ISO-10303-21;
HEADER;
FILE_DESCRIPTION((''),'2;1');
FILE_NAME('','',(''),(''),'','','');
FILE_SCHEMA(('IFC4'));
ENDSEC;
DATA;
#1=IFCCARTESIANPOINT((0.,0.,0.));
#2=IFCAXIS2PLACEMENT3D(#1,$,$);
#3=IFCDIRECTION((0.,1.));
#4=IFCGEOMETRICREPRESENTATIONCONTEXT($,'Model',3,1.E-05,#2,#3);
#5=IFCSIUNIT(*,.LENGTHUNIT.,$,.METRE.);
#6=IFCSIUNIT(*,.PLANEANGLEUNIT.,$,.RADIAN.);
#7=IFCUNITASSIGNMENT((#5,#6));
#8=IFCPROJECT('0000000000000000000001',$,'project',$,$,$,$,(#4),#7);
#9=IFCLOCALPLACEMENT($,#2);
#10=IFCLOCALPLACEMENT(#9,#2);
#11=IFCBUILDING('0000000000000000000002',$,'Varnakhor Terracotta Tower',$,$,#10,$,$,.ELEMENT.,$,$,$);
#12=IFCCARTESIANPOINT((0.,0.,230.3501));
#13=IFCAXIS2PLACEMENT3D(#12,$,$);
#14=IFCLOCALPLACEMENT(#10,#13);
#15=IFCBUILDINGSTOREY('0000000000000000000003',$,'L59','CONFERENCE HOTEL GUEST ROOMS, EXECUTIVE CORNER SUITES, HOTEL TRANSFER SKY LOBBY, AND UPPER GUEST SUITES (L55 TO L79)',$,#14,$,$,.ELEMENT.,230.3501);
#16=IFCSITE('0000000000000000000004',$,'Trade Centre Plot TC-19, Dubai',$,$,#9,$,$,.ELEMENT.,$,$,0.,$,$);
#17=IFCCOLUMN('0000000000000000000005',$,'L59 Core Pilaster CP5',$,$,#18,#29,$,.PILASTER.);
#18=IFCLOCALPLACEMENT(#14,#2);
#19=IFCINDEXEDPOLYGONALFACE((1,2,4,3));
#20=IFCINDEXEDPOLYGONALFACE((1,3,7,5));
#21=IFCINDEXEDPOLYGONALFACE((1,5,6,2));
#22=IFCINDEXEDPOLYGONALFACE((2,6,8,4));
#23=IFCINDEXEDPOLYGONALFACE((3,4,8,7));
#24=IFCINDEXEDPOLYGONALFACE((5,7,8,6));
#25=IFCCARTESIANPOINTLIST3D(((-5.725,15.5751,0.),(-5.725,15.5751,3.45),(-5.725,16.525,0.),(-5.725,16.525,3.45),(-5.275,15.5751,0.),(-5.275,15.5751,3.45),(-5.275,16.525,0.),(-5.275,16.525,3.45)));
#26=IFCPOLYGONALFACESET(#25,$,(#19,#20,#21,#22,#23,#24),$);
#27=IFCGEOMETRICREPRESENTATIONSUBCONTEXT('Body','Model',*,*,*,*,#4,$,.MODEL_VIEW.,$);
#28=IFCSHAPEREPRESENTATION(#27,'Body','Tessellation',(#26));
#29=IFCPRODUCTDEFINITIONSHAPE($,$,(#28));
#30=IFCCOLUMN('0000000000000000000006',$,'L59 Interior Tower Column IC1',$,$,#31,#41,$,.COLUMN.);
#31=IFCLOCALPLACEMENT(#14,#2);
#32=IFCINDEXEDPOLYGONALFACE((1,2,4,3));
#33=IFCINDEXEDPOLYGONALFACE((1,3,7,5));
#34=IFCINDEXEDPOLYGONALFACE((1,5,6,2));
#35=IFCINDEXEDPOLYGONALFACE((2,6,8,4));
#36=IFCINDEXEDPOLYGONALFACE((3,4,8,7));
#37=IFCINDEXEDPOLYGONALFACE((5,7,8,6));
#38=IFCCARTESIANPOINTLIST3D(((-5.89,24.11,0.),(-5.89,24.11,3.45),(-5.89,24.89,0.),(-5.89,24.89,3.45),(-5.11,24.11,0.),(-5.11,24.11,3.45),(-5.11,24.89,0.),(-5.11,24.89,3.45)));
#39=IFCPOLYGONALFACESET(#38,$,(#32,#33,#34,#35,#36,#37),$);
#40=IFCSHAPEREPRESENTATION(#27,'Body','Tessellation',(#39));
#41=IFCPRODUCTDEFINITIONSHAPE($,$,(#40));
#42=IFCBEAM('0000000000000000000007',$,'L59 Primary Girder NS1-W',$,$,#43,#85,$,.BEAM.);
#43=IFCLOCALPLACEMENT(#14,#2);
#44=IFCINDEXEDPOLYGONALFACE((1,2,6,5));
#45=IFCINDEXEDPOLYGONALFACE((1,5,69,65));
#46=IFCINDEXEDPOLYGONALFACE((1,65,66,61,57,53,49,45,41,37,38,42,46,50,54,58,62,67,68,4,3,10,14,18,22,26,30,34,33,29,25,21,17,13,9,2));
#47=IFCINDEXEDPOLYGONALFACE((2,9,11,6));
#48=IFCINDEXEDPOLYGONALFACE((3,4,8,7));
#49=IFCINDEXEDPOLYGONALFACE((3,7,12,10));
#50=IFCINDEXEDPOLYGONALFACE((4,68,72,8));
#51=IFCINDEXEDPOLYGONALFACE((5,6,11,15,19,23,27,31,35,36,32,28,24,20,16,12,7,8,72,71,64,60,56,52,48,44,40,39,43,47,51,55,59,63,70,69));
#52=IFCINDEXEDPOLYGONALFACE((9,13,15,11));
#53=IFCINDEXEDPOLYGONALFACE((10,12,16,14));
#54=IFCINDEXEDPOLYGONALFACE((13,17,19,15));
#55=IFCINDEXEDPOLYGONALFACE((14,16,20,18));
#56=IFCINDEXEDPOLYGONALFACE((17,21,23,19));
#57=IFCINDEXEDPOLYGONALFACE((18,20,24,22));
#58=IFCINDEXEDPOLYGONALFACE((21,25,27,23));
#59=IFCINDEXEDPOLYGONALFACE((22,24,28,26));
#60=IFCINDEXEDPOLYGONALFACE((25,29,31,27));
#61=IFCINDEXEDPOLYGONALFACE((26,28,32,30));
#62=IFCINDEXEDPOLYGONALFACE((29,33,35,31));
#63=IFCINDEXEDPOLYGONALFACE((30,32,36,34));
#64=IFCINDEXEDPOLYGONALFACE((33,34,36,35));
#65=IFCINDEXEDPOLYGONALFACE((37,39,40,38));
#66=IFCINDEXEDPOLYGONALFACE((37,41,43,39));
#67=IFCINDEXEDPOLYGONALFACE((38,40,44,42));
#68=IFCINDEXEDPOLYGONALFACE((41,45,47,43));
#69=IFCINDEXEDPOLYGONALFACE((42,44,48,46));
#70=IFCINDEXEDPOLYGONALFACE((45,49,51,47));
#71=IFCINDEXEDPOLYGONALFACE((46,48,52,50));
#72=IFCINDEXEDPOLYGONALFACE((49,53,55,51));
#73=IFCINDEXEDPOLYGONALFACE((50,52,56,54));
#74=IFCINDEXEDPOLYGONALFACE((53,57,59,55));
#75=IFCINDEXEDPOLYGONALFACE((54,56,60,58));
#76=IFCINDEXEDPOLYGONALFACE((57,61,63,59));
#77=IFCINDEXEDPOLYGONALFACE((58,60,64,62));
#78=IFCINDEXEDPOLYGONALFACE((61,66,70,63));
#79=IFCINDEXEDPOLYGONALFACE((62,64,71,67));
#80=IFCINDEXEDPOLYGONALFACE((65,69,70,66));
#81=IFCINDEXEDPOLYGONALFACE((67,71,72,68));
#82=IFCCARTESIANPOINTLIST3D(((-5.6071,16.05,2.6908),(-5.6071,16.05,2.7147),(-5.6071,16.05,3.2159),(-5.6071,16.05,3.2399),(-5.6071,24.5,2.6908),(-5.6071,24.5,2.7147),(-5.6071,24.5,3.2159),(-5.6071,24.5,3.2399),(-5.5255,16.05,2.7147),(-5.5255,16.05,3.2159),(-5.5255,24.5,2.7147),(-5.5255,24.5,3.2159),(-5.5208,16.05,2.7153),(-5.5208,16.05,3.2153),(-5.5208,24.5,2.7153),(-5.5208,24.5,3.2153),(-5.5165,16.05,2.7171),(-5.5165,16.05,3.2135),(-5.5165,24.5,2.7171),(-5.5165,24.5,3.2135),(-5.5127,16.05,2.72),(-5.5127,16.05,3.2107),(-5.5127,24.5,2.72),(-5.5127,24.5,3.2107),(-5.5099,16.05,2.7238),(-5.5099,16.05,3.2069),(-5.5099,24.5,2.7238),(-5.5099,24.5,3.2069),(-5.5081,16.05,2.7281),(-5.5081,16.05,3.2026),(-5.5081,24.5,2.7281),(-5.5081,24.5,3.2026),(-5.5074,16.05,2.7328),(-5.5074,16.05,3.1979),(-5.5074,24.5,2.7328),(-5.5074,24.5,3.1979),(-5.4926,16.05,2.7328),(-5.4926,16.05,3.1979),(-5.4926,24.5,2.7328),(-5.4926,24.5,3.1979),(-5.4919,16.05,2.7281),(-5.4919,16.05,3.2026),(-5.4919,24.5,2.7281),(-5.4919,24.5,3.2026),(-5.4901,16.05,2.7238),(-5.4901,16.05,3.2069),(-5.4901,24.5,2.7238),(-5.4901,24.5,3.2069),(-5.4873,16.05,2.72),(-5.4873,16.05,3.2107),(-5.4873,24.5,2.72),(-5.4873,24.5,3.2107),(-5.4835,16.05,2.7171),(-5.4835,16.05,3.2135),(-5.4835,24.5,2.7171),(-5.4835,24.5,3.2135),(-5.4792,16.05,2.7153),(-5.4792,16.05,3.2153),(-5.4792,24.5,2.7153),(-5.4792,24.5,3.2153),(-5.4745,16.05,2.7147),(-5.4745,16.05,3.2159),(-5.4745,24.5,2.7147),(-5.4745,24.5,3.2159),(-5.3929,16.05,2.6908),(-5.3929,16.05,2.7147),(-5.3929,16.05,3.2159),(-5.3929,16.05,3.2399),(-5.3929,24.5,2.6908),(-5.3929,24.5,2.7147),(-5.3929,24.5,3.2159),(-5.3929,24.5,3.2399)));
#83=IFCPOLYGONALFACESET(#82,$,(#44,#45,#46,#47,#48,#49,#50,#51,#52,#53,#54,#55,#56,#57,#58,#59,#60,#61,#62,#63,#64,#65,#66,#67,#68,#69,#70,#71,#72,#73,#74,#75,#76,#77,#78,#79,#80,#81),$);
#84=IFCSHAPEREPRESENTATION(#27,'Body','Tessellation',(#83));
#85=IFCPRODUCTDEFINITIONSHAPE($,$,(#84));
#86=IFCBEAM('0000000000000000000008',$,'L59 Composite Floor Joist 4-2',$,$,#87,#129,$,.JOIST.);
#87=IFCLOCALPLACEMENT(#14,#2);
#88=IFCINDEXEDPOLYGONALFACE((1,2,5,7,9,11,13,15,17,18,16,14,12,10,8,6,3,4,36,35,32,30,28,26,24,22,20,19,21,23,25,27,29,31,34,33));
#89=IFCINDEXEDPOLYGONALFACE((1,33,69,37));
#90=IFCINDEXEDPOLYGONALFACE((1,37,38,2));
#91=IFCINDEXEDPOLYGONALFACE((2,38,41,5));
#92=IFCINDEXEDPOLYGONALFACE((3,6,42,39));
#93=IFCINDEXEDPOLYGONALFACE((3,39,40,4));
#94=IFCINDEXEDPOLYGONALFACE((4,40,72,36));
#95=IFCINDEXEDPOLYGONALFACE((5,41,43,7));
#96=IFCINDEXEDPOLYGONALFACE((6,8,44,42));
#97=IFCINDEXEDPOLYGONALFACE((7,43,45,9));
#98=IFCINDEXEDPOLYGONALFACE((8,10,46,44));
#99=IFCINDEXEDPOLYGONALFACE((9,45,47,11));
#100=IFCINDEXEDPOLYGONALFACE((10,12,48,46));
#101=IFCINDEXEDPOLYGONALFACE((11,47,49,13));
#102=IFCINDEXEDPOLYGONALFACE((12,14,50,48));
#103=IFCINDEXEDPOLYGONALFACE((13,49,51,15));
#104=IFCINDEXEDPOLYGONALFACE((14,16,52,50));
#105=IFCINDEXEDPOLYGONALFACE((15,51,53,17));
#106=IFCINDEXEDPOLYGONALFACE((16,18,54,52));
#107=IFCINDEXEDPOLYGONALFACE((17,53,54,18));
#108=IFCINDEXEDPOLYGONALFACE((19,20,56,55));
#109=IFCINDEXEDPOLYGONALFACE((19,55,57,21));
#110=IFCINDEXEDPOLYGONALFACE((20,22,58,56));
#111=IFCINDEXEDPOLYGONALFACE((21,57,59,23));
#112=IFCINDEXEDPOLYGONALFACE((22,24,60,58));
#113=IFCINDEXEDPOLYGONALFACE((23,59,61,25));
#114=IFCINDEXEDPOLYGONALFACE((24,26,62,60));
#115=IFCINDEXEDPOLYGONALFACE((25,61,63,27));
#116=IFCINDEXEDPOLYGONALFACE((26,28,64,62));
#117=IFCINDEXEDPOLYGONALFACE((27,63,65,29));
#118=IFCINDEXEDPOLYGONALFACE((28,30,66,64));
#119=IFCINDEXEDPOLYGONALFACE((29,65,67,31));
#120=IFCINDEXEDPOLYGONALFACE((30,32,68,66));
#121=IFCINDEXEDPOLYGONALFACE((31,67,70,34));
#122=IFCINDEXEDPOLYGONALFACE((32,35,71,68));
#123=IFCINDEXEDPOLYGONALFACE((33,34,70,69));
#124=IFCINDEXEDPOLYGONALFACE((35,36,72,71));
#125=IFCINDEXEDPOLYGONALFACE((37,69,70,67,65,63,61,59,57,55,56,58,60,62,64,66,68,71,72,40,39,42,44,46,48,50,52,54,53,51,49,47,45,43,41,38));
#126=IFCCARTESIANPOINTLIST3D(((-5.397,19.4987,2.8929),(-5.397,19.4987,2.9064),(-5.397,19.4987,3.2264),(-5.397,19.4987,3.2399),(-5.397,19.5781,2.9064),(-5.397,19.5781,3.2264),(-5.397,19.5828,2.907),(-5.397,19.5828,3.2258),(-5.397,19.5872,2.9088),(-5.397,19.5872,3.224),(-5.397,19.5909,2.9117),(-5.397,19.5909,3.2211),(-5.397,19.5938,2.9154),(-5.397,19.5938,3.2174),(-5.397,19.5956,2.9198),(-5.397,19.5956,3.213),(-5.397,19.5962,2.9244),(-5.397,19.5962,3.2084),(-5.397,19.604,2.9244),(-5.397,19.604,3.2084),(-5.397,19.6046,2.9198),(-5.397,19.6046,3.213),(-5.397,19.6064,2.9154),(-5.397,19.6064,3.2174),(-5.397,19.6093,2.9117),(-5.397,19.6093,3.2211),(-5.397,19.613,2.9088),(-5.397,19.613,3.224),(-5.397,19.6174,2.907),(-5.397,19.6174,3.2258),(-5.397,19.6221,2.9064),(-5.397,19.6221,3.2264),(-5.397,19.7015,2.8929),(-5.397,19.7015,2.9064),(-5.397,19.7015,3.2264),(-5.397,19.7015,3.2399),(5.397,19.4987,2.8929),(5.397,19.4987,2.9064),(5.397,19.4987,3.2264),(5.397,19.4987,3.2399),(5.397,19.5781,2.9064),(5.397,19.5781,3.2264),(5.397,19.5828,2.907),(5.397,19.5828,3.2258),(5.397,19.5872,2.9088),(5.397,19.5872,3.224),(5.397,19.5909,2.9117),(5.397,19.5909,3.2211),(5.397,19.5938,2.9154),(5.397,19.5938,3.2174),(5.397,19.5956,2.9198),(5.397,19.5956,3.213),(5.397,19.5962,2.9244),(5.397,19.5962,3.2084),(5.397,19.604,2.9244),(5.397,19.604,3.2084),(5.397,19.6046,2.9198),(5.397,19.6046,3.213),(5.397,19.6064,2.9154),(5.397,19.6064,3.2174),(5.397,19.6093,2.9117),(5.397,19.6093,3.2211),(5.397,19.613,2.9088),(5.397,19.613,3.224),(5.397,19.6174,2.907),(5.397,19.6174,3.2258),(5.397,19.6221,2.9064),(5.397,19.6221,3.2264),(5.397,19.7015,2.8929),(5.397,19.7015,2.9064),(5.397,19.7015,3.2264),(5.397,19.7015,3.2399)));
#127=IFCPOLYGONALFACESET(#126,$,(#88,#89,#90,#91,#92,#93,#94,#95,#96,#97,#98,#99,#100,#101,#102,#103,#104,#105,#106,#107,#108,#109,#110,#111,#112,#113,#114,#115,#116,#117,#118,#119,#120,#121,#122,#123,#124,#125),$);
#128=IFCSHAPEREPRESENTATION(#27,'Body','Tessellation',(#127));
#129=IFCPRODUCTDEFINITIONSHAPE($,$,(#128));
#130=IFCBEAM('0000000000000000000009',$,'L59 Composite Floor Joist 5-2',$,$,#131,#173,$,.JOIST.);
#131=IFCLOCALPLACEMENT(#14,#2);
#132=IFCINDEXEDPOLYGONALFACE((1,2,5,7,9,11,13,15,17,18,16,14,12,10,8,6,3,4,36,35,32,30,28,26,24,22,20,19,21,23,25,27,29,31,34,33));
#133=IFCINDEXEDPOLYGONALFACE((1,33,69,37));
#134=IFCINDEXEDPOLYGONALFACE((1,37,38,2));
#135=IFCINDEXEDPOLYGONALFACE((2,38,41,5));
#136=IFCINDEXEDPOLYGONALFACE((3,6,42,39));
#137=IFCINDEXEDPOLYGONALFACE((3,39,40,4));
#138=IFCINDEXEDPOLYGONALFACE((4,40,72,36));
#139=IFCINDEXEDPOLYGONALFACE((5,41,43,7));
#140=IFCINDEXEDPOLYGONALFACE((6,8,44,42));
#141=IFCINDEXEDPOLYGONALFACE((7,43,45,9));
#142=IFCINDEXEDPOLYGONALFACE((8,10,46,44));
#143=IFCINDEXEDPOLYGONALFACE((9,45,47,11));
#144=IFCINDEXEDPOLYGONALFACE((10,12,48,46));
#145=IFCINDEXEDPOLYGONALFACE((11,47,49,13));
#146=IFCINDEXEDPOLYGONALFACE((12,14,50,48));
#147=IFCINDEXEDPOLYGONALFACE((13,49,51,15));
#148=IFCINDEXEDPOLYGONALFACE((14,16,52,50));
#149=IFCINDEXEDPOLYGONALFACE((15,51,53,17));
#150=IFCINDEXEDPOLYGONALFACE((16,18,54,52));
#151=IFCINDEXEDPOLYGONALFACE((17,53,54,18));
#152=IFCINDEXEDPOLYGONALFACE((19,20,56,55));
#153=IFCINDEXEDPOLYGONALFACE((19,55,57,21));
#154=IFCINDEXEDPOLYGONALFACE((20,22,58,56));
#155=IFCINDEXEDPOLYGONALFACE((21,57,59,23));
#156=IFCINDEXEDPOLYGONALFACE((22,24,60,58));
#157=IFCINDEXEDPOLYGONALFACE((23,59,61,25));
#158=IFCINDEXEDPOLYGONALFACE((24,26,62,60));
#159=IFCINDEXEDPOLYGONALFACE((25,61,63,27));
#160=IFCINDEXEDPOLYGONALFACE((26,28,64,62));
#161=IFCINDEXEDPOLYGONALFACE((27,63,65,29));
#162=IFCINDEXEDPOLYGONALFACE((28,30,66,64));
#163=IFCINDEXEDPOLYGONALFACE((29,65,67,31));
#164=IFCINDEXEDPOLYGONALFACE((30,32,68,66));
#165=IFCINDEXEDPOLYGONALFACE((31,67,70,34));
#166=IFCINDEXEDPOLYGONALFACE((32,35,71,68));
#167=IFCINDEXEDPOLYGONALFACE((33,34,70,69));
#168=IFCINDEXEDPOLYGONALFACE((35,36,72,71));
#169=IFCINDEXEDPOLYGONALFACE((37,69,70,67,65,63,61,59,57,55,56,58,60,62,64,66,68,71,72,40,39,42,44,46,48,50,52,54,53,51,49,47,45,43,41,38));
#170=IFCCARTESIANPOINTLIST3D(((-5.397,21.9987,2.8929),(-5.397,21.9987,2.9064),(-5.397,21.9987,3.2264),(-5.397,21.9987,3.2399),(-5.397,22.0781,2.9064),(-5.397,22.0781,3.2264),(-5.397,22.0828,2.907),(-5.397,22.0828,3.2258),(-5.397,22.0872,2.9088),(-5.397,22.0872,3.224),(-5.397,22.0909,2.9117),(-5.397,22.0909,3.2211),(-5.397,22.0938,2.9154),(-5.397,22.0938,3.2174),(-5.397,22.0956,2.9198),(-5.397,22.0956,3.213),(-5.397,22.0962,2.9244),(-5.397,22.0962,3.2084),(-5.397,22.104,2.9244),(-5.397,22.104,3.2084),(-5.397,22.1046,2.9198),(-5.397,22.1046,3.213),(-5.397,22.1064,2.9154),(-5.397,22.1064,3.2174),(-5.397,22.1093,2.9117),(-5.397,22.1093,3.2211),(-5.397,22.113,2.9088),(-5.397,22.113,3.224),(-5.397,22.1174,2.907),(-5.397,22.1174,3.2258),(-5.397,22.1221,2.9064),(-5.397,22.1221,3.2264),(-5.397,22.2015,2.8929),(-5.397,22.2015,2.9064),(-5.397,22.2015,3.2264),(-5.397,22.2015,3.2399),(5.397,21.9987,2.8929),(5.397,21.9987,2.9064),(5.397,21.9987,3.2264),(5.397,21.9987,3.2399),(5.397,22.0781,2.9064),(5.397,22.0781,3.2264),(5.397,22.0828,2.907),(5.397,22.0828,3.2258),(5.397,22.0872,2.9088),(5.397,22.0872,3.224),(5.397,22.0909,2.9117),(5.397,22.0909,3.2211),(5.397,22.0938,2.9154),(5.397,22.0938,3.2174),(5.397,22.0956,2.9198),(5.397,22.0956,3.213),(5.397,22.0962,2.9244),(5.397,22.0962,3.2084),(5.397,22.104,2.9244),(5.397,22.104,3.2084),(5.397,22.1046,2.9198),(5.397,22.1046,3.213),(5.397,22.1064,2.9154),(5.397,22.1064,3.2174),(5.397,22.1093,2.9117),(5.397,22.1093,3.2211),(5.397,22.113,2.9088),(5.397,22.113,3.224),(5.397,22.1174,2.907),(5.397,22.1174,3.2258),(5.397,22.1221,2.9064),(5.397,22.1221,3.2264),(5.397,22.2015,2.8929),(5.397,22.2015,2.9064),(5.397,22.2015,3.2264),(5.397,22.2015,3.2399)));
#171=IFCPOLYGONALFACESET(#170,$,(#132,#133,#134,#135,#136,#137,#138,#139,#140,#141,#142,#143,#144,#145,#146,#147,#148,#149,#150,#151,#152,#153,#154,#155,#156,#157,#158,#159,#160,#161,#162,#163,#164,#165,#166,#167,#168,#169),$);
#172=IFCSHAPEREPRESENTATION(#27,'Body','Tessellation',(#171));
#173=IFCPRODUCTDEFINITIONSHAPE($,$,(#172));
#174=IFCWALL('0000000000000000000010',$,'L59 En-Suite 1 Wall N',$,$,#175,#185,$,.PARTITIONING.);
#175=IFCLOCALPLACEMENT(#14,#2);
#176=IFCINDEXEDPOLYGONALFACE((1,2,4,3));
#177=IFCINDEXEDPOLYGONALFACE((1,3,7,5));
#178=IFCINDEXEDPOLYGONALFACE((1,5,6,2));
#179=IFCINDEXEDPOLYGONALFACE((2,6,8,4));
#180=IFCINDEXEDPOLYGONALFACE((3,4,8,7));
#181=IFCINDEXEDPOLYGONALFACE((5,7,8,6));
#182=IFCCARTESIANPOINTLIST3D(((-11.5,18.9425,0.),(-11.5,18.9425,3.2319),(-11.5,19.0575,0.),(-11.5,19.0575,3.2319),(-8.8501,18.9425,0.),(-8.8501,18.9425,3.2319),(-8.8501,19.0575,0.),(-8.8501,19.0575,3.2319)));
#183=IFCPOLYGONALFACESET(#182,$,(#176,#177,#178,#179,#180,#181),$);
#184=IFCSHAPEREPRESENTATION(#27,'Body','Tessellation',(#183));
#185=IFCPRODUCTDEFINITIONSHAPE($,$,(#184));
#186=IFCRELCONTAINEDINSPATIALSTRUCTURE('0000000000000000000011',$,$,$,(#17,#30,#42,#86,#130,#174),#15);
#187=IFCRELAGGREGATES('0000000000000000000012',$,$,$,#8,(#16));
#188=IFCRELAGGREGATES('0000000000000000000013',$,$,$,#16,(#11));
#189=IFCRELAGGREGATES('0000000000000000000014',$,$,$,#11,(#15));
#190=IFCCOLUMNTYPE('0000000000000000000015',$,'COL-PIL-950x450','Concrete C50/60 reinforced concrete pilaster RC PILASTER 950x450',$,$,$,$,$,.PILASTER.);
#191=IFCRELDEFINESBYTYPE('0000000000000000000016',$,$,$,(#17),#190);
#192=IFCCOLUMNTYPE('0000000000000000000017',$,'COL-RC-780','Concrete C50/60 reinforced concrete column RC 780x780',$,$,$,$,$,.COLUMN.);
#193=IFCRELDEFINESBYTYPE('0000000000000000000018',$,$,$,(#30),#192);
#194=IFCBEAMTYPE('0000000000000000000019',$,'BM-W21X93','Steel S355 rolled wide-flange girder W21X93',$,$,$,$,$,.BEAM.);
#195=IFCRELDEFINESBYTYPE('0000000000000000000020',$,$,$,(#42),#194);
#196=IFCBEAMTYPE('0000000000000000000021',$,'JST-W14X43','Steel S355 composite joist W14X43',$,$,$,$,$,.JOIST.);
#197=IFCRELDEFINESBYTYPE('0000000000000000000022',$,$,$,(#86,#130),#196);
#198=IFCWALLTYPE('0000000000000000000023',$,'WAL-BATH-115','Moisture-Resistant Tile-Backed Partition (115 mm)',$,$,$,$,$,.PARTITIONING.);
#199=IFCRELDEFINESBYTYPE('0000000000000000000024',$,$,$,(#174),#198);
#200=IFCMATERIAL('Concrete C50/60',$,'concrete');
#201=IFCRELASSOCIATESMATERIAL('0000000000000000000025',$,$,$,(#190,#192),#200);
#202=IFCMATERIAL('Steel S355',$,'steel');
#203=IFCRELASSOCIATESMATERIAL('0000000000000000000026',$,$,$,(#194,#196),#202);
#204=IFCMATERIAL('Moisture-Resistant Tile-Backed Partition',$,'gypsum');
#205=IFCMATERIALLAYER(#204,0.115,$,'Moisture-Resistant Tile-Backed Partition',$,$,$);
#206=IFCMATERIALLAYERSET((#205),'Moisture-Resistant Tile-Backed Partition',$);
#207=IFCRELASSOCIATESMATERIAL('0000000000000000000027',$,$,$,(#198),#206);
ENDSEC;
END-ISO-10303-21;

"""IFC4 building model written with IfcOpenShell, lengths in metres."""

from ifc_helpers import new_model, si_unit, direction, frame, frame_2d, origin, origin_2d, place, context, subcontext, project, spatial, rectangle, i_section, extrude, source, transform, mapped, material, layer, layer_set, material_profile, profile_set, type_object, type_shapes, element, save


model = new_model("IFC4")

# Units and contexts
model_context = context("Model", 3, precision=1e-05, world=origin(), true_north=direction((0.0, 1.0)))
body_context = subcontext(model_context, "Body", "Model", "MODEL_VIEW")
ifc_project = project(units=[si_unit("LENGTHUNIT", "METRE"), si_unit("PLANEANGLEUNIT", "RADIAN")], contexts=[model_context])

# Site, building, storey
site_placement = place(None, origin())
site = spatial("IfcSite", under=ifc_project, at=site_placement, Name="Trade Centre Plot TC-19, Dubai", CompositionType="ELEMENT", RefElevation=0.0)
building_placement = place(site_placement, origin())
building = spatial("IfcBuilding", under=site, at=building_placement, Name="Varnakhor Terracotta Tower", CompositionType="ELEMENT")
storey_placement = place(building_placement, frame((0.0, 0.0, 230.3501)))
storey = spatial("IfcBuildingStorey", under=building, at=storey_placement, Name="L59", Description="CONFERENCE HOTEL GUEST ROOMS, EXECUTIVE CORNER SUITES, HOTEL TRANSFER SKY LOBBY, AND UPPER GUEST SUITES (L55 TO L79)", CompositionType="ELEMENT", Elevation=230.3501)

# Columns
ifc_material_1 = material(Name="Concrete C50/60", Category="concrete")
ifc_material_profile_1 = material_profile(ifc_material_1, rectangle(XDim=0.45, YDim=0.95, at=origin_2d()), Name="RC PILASTER 950x450")
ifc_profile_set_1 = profile_set([ifc_material_profile_1], Name="Concrete C50/60")
column_type_1 = type_object("IfcColumnType", Name="COL-PIL-950x450", Description="Concrete C50/60 reinforced concrete pilaster RC PILASTER 950x450", PredefinedType="PILASTER", material=ifc_profile_set_1)
shared_shape_1 = source(origin(), body_context, "Body", "SweptSolid", [
    extrude(rectangle(XDim=0.45, YDim=0.95, at=origin_2d()), origin(), (0.0, 0.0, 1.0), 3.45),
])
column_1_placement = place(storey_placement, frame((-5.5, 16.05, 0.0), z_axis=(0.0, 0.0, 1.0), x_axis=(1.0, 0.0, 0.0)))
element("IfcColumn", 1, at=column_1_placement, inside=storey, type_object=column_type_1, Name="L59 Core Pilaster CP5", PredefinedType="PILASTER", context=body_context, shape_type="MappedRepresentation", body=[
    mapped(shared_shape_1, transform((0.0, 0.0, 0.0), scale=1.0)),
])
ifc_material_profile_2 = material_profile(ifc_material_1, rectangle(XDim=0.78, YDim=0.78, at=origin_2d()), Name="RC 780x780")
ifc_profile_set_2 = profile_set([ifc_material_profile_2], Name="Concrete C50/60")
column_type_2 = type_object("IfcColumnType", Name="COL-RC-780", Description="Concrete C50/60 reinforced concrete column RC 780x780", PredefinedType="COLUMN", material=ifc_profile_set_2)
shared_shape_2 = source(origin(), body_context, "Body", "SweptSolid", [
    extrude(rectangle(XDim=0.78, YDim=0.78, at=origin_2d()), origin(), (0.0, 0.0, 1.0), 3.45),
])
column_2_placement = place(storey_placement, frame((-5.5, 24.5, 0.0), z_axis=(0.0, 0.0, 1.0), x_axis=(1.0, 0.0, 0.0)))
element("IfcColumn", 2, at=column_2_placement, inside=storey, type_object=column_type_2, Name="L59 Interior Tower Column IC1", PredefinedType="COLUMN", context=body_context, shape_type="MappedRepresentation", body=[
    mapped(shared_shape_2, transform((0.0, 0.0, 0.0), scale=1.0)),
])

# Beams
ifc_material_2 = material(Name="Steel S355", Category="steel")
ifc_material_profile_3 = material_profile(ifc_material_2, i_section(OverallWidth=0.2141, OverallDepth=0.5491, WebThickness=0.0149, FlangeThickness=0.0239, FilletRadius=0.0181, at=origin_2d()), Name="W21X93")
ifc_profile_set_3 = profile_set([ifc_material_profile_3], Name="Steel S355")
beam_type_1 = type_object("IfcBeamType", Name="BM-W21X93", Description="Steel S355 rolled wide-flange girder W21X93", PredefinedType="BEAM", material=ifc_profile_set_3)
shared_shape_3 = source(origin(), body_context, "Body", "SweptSolid", [
    extrude(i_section(OverallWidth=0.2141, OverallDepth=0.5491, WebThickness=0.0149, FlangeThickness=0.0239, FilletRadius=0.0181, at=origin_2d()), origin(), (0.0, 0.0, 1.0), 8.45),
])
type_shapes(beam_type_1, [shared_shape_3])
beam_placement = place(storey_placement, frame((-5.5, 16.05, 2.9653), z_axis=(0.0, 1.0, 0.0), x_axis=(-1.0, 0.0, 0.0)))
element("IfcBeam", 3, at=beam_placement, inside=storey, type_object=beam_type_1, Name="L59 Primary Girder NS1-W", PredefinedType="BEAM", context=body_context, shape_type="MappedRepresentation", body=[
    mapped(shared_shape_3, transform((0.0, 0.0, 0.0), scale=1.0)),
])
ifc_material_profile_4 = material_profile(ifc_material_2, i_section(OverallWidth=0.2029, OverallDepth=0.3469, WebThickness=0.0078, FlangeThickness=0.0134, FilletRadius=0.0181, at=origin_2d()), Name="W14X43")
ifc_profile_set_4 = profile_set([ifc_material_profile_4], Name="Steel S355")
beam_type_2 = type_object("IfcBeamType", Name="JST-W14X43", Description="Steel S355 composite joist W14X43", PredefinedType="JOIST", material=ifc_profile_set_4)
shared_shape_4 = source(origin(), body_context, "Body", "SweptSolid", [
    extrude(i_section(OverallWidth=0.2029, OverallDepth=0.3469, WebThickness=0.0078, FlangeThickness=0.0134, FilletRadius=0.0181, at=origin_2d()), origin(), (0.0, 0.0, 1.0), 10.7939),
])
for number, where, z_axis, x_axis, name in (
    (4, (-5.397, 19.6001, 3.0664), (1.0, 0.0, 0.0), (0.0, 1.0, 0.0), "L59 Composite Floor Joist 4-2"),
    (5, (-5.397, 22.1001, 3.0664), (1.0, 0.0, 0.0), (0.0, 1.0, 0.0), "L59 Composite Floor Joist 5-2"),
):
    element("IfcBeam", number, at=place(storey_placement, frame(where, z_axis=z_axis, x_axis=x_axis)), inside=storey, type_object=beam_type_2, Name=name, PredefinedType="JOIST", context=body_context, shape_type="MappedRepresentation", body=[
        mapped(shared_shape_4, transform((0.0, 0.0, 0.0), scale=1.0)),
    ])

# Wall
ifc_material_3 = material(Name="Moisture-Resistant Tile-Backed Partition", Category="gypsum")
ifc_layer_1 = layer(ifc_material_3, 0.115, Name="Moisture-Resistant Tile-Backed Partition")
ifc_layer_set_1 = layer_set([ifc_layer_1], Name="Moisture-Resistant Tile-Backed Partition")
wall_type_1 = type_object("IfcWallType", Name="WAL-BATH-115", Description="Moisture-Resistant Tile-Backed Partition (115 mm)", PredefinedType="PARTITIONING", material=ifc_layer_set_1)
wall_1_placement = place(storey_placement, frame((-11.5, 19.0, 0.0), z_axis=(0.0, 0.0, 1.0), x_axis=(1.0, 0.0, 0.0)))
element("IfcWall", 6, at=wall_1_placement, inside=storey, type_object=wall_type_1, Name="L59 En-Suite 1 Wall N", PredefinedType="PARTITIONING", context=body_context, shape_type="SweptSolid", body=[
    extrude(rectangle(XDim=2.6499, YDim=0.115, at=frame_2d((1.325, 0.0))), origin(), (0.0, 0.0, 1.0), 3.2319),
])

save(model, "model.ifc")
